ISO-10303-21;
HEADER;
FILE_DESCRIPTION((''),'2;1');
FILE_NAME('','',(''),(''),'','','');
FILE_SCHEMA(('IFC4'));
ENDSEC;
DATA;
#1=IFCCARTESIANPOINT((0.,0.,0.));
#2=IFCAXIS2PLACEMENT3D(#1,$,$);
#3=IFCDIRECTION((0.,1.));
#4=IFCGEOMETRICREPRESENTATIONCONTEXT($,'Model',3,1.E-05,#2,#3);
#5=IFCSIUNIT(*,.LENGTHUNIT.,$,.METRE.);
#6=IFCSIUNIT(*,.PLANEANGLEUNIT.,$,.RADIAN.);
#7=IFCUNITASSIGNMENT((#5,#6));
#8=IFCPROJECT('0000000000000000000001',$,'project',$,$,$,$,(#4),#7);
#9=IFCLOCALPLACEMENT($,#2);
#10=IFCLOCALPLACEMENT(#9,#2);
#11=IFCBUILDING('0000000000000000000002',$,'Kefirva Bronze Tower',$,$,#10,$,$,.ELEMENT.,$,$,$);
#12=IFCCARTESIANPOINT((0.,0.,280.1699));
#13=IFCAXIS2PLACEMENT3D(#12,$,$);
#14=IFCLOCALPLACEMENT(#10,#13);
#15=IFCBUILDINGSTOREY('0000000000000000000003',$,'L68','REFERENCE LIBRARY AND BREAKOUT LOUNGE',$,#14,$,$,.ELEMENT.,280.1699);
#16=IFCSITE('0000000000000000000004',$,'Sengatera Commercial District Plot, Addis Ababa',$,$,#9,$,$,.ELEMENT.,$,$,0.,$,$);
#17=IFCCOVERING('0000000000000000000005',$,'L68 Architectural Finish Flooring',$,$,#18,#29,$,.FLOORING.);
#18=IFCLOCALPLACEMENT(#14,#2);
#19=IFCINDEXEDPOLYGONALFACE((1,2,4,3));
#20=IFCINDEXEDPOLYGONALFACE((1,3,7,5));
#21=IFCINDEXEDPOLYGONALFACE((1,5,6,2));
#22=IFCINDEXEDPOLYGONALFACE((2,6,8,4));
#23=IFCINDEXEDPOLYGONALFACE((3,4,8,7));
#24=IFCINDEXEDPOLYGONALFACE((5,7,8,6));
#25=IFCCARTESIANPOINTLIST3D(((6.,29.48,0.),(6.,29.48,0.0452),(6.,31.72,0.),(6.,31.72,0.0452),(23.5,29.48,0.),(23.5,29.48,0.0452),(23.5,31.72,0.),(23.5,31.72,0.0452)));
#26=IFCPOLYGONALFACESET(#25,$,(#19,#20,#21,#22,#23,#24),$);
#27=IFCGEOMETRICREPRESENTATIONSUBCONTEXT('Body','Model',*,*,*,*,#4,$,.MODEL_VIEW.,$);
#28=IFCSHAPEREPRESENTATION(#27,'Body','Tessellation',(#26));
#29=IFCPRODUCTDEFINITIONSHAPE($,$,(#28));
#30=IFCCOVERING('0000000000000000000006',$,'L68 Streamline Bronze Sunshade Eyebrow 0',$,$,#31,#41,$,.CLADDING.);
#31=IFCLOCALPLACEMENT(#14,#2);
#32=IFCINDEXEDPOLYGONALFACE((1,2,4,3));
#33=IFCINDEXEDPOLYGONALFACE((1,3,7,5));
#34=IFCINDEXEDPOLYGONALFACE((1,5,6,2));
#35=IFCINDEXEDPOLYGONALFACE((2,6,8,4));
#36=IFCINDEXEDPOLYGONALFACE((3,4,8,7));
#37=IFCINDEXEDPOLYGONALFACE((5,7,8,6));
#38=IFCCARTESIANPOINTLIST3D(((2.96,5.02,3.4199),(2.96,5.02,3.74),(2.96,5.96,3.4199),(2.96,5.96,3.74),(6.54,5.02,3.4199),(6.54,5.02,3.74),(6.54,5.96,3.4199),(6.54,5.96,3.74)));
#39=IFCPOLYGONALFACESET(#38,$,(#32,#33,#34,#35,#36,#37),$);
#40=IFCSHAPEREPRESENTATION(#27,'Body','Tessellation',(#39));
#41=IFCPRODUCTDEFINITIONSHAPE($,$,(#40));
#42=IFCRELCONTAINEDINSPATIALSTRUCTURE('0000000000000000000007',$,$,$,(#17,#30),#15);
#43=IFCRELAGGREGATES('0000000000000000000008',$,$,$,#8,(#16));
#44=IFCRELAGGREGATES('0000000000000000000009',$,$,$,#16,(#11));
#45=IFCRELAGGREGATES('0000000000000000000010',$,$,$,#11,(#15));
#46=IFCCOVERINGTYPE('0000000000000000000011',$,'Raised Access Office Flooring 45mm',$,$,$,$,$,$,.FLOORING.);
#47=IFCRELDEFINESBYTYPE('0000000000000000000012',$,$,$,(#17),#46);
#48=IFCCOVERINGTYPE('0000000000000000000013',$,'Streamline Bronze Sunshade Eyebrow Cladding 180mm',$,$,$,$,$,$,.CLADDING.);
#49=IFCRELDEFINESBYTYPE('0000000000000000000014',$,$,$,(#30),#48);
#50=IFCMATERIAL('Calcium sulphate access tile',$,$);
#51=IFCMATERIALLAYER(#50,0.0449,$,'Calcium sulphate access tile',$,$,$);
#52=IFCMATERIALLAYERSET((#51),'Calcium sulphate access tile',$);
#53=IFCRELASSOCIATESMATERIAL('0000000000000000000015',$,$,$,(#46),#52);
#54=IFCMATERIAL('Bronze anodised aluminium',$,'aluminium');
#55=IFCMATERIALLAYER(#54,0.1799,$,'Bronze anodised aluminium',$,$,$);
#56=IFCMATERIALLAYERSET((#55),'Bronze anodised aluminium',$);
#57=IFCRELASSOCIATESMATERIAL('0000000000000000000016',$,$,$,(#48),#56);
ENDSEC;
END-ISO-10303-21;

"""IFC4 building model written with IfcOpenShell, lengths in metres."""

from ifc_helpers import new_model, si_unit, direction, frame, origin, origin_2d, place, context, subcontext, project, spatial, polyline, rectangle, outline, extrude, material, layer, layer_set, type_object, element, save


model = new_model("IFC4")

# Units and contexts
model_context = context("Model", 3, precision=1e-05, world=origin(), true_north=direction((0.0, 1.0)))
body_context = subcontext(model_context, "Body", "Model", "MODEL_VIEW")
ifc_project = project(units=[si_unit("LENGTHUNIT", "METRE"), si_unit("PLANEANGLEUNIT", "RADIAN")], contexts=[model_context])

# Site, building, storey
site_placement = place(None, origin())
site = spatial("IfcSite", under=ifc_project, at=site_placement, Name="Sengatera Commercial District Plot, Addis Ababa", CompositionType="ELEMENT", RefElevation=0.0)
building_placement = place(site_placement, origin())
building = spatial("IfcBuilding", under=site, at=building_placement, Name="Kefirva Bronze Tower", CompositionType="ELEMENT")
storey_placement = place(building_placement, frame((0.0, 0.0, 280.1699)))
storey = spatial("IfcBuildingStorey", under=building, at=storey_placement, Name="L68", Description="REFERENCE LIBRARY AND BREAKOUT LOUNGE", CompositionType="ELEMENT", Elevation=280.1699)

# Coverings
ifc_material_1 = material(Name="Bronze anodised aluminium", Category="aluminium")
ifc_material_2 = material(Name="Calcium sulphate access tile")
ifc_layer_1 = layer(ifc_material_2, 0.0449, Name="Calcium sulphate access tile")
ifc_layer_set_1 = layer_set([ifc_layer_1], Name="Calcium sulphate access tile")
covering_type_1 = type_object("IfcCoveringType", Name="Raised Access Office Flooring 45mm", PredefinedType="FLOORING", material=ifc_layer_set_1)
covering_1_placement = place(storey_placement, origin())
element("IfcCovering", 1, at=covering_1_placement, inside=storey, type_object=covering_type_1, Name="L68 Architectural Finish Flooring", PredefinedType="FLOORING", context=body_context, shape_type="SweptSolid", body=[
    extrude(outline(polyline([(6.0, 29.48), (23.5, 29.48), (23.5, 31.72), (6.0, 31.72), (6.0, 29.48)])), origin(), (0.0, 0.0, 1.0), 0.0452),
])
ifc_layer_2 = layer(ifc_material_1, 0.1799, Name="Bronze anodised aluminium")
ifc_layer_set_2 = layer_set([ifc_layer_2], Name="Bronze anodised aluminium")
covering_type_2 = type_object("IfcCoveringType", Name="Streamline Bronze Sunshade Eyebrow Cladding 180mm", PredefinedType="CLADDING", material=ifc_layer_set_2)
covering_2_placement = place(storey_placement, frame((4.75, 5.49, 3.4199), z_axis=(0.0, 0.0, 1.0), x_axis=(1.0, 0.0, 0.0)))
element("IfcCovering", 2, at=covering_2_placement, inside=storey, type_object=covering_type_2, Name="L68 Streamline Bronze Sunshade Eyebrow 0", PredefinedType="CLADDING", context=body_context, shape_type="SweptSolid", body=[
    extrude(rectangle(XDim=3.5801, YDim=0.9399, at=origin_2d()), origin(), (0.0, 0.0, 1.0), 0.3201),
])

save(model, "model.ifc")
